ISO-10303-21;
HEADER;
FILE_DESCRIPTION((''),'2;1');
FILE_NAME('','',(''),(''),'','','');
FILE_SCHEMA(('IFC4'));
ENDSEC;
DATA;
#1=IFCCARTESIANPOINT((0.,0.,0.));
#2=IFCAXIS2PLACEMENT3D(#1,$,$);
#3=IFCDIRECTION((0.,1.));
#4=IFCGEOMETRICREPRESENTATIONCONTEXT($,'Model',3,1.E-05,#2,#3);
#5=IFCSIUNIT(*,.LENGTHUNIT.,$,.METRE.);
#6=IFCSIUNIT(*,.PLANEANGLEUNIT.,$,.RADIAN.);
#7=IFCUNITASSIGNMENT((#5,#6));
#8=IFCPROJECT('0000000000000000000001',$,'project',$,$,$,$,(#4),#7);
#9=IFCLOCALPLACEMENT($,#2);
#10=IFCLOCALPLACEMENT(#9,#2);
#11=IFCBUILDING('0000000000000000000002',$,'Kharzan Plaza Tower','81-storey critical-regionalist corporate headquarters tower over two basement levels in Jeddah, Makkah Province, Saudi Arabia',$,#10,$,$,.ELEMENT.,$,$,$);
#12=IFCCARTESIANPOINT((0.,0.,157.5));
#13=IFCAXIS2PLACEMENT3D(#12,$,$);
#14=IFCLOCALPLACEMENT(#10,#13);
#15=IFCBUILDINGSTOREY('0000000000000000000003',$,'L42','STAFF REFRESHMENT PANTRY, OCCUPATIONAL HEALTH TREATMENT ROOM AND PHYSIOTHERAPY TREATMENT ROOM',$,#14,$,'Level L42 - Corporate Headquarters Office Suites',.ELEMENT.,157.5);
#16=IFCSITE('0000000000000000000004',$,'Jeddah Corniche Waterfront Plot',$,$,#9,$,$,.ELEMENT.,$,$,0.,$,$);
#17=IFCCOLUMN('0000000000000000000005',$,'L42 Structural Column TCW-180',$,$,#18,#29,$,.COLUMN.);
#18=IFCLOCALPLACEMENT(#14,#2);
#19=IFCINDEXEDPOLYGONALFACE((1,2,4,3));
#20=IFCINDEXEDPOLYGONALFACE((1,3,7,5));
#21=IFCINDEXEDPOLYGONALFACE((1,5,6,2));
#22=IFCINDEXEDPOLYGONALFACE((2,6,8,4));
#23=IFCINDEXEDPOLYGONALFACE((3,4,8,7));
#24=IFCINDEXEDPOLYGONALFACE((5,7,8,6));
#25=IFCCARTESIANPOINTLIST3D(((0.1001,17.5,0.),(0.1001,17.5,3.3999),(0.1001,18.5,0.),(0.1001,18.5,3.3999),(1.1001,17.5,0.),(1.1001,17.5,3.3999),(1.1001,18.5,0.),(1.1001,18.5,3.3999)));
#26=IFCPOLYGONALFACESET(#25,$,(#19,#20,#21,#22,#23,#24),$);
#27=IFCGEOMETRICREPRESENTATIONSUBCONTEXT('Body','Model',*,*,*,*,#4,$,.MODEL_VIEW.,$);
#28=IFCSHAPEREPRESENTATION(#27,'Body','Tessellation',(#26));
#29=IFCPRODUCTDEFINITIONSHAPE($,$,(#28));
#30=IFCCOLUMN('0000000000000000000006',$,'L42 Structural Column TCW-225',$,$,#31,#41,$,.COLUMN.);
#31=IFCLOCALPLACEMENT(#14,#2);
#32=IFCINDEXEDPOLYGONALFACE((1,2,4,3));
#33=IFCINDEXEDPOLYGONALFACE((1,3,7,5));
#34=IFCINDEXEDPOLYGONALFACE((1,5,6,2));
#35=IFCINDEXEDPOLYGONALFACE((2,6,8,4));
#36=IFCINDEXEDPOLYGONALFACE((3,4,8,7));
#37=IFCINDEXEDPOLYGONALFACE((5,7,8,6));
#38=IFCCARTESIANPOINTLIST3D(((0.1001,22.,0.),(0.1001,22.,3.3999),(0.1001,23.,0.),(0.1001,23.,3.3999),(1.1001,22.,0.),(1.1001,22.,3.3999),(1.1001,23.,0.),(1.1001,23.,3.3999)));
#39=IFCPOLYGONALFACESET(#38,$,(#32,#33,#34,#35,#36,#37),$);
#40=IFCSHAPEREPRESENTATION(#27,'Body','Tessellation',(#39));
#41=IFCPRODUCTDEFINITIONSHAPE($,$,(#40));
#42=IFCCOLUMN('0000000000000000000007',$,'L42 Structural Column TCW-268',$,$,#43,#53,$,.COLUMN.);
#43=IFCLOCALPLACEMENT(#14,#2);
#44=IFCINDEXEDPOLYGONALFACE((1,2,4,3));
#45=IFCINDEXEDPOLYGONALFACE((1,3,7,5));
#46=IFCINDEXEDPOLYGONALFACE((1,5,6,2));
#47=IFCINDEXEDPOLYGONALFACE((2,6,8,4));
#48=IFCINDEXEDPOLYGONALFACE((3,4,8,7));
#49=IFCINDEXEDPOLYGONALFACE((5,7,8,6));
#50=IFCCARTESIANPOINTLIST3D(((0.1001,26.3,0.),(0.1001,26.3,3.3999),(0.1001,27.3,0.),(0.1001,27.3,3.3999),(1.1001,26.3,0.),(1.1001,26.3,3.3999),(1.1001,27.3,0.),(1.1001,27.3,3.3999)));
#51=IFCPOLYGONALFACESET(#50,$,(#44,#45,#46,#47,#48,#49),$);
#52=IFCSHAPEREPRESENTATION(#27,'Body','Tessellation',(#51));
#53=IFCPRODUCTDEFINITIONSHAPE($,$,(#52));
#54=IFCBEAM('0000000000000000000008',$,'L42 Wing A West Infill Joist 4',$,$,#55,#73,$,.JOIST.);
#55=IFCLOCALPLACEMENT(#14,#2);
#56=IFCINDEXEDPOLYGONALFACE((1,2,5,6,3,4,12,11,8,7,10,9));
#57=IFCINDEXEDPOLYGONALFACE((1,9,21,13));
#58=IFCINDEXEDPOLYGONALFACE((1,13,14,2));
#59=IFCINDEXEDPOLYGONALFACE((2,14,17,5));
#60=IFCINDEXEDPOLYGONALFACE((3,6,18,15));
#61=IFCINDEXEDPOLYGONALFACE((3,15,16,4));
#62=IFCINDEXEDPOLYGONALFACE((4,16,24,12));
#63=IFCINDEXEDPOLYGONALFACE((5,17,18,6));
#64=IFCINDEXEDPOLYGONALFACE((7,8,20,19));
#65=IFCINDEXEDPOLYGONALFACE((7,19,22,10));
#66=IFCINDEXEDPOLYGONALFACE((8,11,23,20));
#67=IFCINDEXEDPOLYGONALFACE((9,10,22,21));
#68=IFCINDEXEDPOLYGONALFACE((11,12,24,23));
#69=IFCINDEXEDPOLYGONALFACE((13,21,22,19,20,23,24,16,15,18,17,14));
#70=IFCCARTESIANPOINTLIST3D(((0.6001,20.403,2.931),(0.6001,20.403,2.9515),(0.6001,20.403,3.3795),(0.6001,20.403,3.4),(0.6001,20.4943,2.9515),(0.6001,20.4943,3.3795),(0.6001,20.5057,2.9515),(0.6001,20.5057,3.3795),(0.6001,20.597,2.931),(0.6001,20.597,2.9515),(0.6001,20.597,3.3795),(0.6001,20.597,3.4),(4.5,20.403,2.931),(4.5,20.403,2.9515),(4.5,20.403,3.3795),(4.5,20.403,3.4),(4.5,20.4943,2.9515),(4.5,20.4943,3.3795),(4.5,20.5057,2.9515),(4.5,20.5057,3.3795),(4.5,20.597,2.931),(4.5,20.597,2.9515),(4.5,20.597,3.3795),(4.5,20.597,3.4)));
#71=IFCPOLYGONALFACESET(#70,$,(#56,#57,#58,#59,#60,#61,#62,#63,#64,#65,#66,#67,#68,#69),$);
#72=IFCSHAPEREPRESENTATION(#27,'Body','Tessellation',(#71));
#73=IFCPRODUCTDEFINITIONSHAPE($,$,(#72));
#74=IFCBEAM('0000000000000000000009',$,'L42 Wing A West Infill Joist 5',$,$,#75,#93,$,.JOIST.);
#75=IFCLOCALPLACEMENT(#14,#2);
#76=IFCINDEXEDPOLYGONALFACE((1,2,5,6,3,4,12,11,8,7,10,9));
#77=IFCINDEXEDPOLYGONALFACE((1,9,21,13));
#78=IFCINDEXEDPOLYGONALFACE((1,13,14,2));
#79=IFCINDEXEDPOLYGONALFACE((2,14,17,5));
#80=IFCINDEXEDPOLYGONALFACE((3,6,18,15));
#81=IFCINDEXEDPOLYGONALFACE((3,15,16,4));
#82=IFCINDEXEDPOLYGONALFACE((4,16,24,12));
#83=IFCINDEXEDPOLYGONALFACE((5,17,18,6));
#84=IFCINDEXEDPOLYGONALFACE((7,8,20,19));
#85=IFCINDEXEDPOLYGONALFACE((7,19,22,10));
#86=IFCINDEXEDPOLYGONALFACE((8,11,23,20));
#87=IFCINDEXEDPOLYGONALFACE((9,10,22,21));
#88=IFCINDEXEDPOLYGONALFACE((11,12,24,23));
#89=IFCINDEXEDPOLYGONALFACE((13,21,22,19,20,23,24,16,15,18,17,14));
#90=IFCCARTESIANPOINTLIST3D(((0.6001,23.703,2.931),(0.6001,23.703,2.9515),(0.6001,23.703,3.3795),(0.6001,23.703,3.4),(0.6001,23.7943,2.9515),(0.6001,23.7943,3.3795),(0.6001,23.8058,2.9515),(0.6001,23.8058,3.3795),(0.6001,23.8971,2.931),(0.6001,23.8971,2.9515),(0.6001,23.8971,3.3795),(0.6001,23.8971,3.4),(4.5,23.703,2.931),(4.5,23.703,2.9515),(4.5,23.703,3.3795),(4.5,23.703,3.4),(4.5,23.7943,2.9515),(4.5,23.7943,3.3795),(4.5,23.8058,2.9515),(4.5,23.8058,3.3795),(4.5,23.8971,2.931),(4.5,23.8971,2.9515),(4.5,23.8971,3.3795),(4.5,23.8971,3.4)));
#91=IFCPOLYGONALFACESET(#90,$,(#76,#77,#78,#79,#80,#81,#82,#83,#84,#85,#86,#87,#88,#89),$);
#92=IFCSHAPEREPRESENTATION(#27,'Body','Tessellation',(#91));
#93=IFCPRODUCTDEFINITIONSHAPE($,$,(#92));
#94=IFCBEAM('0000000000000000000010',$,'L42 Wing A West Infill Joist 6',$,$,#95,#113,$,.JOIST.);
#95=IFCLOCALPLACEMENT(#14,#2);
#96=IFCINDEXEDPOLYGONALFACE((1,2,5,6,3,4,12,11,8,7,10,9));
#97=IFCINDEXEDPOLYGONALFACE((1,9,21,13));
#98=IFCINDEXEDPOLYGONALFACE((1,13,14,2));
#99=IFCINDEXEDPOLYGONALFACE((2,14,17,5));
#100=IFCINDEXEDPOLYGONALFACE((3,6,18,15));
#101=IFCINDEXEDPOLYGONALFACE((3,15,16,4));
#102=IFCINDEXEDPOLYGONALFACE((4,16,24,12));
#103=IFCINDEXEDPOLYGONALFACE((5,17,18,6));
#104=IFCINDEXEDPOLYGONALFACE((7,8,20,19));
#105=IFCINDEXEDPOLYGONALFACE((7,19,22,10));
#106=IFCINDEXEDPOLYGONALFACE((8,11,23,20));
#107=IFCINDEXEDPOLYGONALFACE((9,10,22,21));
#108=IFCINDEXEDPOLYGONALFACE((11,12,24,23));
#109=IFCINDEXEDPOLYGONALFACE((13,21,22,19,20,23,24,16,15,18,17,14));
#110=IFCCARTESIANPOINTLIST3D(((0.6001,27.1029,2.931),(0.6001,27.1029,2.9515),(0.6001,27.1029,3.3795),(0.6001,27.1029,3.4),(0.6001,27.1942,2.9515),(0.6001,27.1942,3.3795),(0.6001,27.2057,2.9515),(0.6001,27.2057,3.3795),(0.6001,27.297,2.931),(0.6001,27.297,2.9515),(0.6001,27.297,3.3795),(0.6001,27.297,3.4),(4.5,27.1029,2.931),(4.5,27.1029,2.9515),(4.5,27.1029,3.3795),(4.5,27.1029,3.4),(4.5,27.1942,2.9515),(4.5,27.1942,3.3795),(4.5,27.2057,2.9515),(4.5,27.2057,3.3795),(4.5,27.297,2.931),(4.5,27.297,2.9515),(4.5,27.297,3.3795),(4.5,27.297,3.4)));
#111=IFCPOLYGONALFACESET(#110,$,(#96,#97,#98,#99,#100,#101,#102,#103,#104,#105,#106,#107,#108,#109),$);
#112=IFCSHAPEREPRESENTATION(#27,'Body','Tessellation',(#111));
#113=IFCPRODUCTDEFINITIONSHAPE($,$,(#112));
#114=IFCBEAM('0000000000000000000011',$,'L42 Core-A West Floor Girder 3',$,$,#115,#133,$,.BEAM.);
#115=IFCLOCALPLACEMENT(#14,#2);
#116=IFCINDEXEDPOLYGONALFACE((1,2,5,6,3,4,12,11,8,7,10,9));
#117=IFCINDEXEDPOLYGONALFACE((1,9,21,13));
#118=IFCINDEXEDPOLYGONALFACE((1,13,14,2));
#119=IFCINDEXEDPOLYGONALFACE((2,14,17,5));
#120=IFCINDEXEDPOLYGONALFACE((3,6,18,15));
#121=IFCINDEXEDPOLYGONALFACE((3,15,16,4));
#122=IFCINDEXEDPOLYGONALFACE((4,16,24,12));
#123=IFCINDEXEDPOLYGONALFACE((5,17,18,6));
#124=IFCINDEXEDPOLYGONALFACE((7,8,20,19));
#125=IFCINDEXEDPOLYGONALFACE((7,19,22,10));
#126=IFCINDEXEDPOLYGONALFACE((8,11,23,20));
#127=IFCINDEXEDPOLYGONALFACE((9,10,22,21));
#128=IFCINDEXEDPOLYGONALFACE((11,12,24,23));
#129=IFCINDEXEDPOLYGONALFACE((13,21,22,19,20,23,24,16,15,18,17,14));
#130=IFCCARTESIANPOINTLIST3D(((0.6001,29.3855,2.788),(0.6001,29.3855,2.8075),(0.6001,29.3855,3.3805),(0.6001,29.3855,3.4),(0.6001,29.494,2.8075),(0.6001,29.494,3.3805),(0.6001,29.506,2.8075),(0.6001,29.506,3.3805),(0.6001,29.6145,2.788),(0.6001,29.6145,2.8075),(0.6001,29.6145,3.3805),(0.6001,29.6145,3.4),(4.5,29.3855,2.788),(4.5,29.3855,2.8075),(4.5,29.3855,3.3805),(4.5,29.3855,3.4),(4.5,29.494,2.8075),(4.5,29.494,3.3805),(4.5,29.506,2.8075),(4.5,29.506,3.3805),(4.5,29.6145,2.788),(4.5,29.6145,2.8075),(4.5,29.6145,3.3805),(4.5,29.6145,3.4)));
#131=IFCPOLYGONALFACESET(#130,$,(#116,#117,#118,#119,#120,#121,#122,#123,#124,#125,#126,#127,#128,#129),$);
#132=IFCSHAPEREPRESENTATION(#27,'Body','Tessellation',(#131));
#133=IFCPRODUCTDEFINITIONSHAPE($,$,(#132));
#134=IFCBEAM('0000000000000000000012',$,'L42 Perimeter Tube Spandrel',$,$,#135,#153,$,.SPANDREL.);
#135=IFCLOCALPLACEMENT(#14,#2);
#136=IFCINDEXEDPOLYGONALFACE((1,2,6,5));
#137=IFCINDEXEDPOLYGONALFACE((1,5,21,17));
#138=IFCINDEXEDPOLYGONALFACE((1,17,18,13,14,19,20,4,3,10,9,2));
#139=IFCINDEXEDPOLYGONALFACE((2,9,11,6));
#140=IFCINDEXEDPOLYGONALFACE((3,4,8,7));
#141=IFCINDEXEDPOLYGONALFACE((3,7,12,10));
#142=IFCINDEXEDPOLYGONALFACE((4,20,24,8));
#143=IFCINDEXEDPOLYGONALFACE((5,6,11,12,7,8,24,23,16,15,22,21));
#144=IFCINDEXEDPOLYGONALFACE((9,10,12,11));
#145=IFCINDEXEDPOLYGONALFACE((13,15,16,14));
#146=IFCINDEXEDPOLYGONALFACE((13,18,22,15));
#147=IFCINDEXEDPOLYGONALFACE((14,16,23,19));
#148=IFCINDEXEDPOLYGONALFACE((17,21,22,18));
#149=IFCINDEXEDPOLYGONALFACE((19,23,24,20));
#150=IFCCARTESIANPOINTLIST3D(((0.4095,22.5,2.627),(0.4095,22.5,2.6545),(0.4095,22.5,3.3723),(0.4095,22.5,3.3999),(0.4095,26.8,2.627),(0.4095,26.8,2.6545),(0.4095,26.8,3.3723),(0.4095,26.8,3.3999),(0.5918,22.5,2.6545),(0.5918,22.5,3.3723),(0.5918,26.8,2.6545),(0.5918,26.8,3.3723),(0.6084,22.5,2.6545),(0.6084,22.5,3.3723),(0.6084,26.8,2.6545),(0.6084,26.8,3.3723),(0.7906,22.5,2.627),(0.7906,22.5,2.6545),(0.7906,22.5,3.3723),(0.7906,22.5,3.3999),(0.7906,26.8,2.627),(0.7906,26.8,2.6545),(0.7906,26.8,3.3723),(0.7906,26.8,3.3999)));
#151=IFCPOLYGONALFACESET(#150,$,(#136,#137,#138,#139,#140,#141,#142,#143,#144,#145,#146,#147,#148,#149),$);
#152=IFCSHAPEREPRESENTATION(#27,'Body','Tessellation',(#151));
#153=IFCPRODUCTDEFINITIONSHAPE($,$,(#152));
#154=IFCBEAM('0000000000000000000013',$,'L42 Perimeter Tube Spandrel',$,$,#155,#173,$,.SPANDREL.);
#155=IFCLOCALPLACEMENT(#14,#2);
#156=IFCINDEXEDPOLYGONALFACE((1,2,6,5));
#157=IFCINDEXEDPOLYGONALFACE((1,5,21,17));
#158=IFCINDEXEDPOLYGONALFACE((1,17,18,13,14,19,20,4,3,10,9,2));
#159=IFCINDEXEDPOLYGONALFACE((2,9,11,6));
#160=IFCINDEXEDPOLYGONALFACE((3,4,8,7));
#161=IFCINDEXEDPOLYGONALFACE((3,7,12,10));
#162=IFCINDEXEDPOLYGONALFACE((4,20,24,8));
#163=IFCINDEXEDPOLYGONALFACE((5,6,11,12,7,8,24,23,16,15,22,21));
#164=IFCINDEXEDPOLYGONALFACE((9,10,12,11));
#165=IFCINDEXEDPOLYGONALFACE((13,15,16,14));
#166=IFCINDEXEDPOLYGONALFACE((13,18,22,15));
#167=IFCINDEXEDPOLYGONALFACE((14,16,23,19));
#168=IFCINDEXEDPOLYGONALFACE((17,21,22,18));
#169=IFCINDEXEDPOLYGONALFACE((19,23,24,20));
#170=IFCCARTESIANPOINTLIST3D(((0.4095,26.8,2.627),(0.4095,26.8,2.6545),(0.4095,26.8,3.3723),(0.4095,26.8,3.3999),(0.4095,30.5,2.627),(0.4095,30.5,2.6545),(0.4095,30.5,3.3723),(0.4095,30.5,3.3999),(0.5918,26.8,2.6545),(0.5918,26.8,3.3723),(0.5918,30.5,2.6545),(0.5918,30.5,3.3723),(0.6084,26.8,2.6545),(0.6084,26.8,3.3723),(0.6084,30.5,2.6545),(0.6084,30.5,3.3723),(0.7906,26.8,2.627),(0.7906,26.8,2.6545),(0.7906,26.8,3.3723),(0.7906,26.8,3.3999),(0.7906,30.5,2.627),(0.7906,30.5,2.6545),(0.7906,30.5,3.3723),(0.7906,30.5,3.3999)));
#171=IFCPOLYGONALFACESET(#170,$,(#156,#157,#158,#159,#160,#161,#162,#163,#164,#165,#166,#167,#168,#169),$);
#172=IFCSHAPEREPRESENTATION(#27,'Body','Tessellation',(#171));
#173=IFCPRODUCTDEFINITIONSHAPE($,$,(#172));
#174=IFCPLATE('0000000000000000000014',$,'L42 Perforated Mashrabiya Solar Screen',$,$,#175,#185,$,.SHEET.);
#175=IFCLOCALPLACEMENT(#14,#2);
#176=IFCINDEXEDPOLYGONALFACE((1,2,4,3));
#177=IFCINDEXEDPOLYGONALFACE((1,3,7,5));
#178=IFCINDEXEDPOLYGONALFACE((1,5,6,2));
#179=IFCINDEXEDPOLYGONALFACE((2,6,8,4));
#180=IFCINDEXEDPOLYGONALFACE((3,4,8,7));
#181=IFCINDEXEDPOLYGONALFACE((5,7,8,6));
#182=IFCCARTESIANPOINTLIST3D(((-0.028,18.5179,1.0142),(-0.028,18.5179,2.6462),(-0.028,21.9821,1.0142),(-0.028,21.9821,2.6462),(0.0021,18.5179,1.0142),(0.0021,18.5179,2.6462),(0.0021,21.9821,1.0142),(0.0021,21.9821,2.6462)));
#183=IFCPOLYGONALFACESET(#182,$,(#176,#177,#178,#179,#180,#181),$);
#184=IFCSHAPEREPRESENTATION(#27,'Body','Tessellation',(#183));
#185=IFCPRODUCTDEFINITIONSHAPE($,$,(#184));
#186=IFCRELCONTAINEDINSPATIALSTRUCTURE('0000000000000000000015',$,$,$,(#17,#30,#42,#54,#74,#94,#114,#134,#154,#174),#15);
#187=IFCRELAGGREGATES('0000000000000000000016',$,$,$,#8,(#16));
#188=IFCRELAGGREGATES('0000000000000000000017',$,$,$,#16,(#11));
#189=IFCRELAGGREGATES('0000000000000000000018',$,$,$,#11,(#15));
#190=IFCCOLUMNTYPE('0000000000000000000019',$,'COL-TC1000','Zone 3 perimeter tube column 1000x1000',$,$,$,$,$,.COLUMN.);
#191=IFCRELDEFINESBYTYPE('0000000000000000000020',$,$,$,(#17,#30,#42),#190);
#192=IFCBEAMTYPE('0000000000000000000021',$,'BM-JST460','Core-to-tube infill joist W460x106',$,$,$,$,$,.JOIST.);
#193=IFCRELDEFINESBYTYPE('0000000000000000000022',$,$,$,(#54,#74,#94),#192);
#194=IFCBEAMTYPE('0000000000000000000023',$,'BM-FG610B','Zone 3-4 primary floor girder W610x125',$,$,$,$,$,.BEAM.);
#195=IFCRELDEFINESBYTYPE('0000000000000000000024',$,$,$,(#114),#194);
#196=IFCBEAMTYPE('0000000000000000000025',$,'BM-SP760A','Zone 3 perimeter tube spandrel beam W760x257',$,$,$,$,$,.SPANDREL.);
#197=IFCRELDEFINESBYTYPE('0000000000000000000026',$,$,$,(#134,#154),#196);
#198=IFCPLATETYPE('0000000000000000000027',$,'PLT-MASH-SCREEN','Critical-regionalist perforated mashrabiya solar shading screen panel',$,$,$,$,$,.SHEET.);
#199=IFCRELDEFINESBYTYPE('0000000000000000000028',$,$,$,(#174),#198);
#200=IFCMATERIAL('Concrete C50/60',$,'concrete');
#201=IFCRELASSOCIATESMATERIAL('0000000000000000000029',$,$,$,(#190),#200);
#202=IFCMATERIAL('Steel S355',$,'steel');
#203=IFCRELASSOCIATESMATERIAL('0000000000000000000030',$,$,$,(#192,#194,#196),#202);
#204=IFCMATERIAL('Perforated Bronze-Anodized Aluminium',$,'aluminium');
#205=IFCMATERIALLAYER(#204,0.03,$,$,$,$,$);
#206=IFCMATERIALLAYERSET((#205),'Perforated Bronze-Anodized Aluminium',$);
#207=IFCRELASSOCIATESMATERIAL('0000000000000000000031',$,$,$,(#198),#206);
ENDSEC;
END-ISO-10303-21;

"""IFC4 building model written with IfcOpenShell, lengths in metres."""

from ifc_helpers import new_model, si_unit, direction, frame, origin, origin_2d, place, context, subcontext, project, spatial, rectangle, i_section, extrude, source, transform, mapped, material, layer, layer_set, material_profile, profile_set, type_object, element, save


model = new_model("IFC4")

# Units and contexts
model_context = context("Model", 3, precision=1e-05, world=origin(), true_north=direction((0.0, 1.0)))
body_context = subcontext(model_context, "Body", "Model", "MODEL_VIEW")
ifc_project = project(units=[si_unit("LENGTHUNIT", "METRE"), si_unit("PLANEANGLEUNIT", "RADIAN")], contexts=[model_context])

# Site, building, storey
site_placement = place(None, origin())
site = spatial("IfcSite", under=ifc_project, at=site_placement, Name="Jeddah Corniche Waterfront Plot", CompositionType="ELEMENT", RefElevation=0.0)
building_placement = place(site_placement, origin())
building = spatial("IfcBuilding", under=site, at=building_placement, Name="Kharzan Plaza Tower", Description="81-storey critical-regionalist corporate headquarters tower over two basement levels in Jeddah, Makkah Province, Saudi Arabia", CompositionType="ELEMENT")
storey_placement = place(building_placement, frame((0.0, 0.0, 157.5)))
storey = spatial("IfcBuildingStorey", under=building, at=storey_placement, Name="L42", Description="STAFF REFRESHMENT PANTRY, OCCUPATIONAL HEALTH TREATMENT ROOM AND PHYSIOTHERAPY TREATMENT ROOM", LongName="Level L42 - Corporate Headquarters Office Suites", CompositionType="ELEMENT", Elevation=157.5)

# Columns
ifc_material_1 = material(Name="Concrete C50/60", Category="concrete")
ifc_material_profile_1 = material_profile(ifc_material_1, rectangle(XDim=1.0, YDim=1.0, at=origin_2d()), Name="RC-TC1000x1000")
ifc_profile_set_1 = profile_set([ifc_material_profile_1], Name="Concrete C50/60")
column_type = type_object("IfcColumnType", Name="COL-TC1000", Description="Zone 3 perimeter tube column 1000x1000", PredefinedType="COLUMN", material=ifc_profile_set_1)
shared_shape_1 = source(origin(), body_context, "Body", "SweptSolid", [
    extrude(rectangle(XDim=1.0, YDim=1.0, at=origin_2d()), origin(), (0.0, 0.0, 1.0), 3.3999),
])
for number, where, z_axis, x_axis, name in (
    (1, (0.6001, 18.0, 0.0), (0.0, 0.0, 1.0), (1.0, 0.0, 0.0), "L42 Structural Column TCW-180"),
    (2, (0.6001, 22.5, 0.0), (0.0, 0.0, 1.0), (1.0, 0.0, 0.0), "L42 Structural Column TCW-225"),
    (3, (0.6001, 26.8, 0.0), (0.0, 0.0, 1.0), (1.0, 0.0, 0.0), "L42 Structural Column TCW-268"),
):
    element("IfcColumn", number, at=place(storey_placement, frame(where, z_axis=z_axis, x_axis=x_axis)), inside=storey, type_object=column_type, Name=name, PredefinedType="COLUMN", context=body_context, shape_type="MappedRepresentation", body=[
        mapped(shared_shape_1, transform((0.0, 0.0, 0.0), x_axis=(1.0, 0.0, 0.0), y_axis=(0.0, 1.0, 0.0), z_axis=(0.0, 0.0, 1.0))),
    ])

# Beams
ifc_material_2 = material(Name="Steel S355", Category="steel")
ifc_material_profile_2 = material_profile(ifc_material_2, i_section(OverallWidth=0.1941, OverallDepth=0.469, WebThickness=0.0115, FlangeThickness=0.0205, at=origin_2d()), Name="W460x106")
ifc_profile_set_2 = profile_set([ifc_material_profile_2], Name="Steel S355")
beam_type_1 = type_object("IfcBeamType", Name="BM-JST460", Description="Core-to-tube infill joist W460x106", PredefinedType="JOIST", material=ifc_profile_set_2)
shared_shape_2 = source(origin(), body_context, "Body", "SweptSolid", [
    extrude(i_section(OverallWidth=0.1941, OverallDepth=0.469, WebThickness=0.0115, FlangeThickness=0.0205, at=origin_2d()), origin(), (0.0, 0.0, 1.0), 3.8999),
])
for number, where, z_axis, x_axis, name in (
    (4, (0.6001, 20.5, 3.1655), (1.0, 0.0, 0.0), (0.0, 1.0, 0.0), "L42 Wing A West Infill Joist 4"),
    (5, (0.6001, 23.8, 3.1655), (1.0, 0.0, 0.0), (0.0, 1.0, 0.0), "L42 Wing A West Infill Joist 5"),
    (6, (0.6001, 27.2, 3.1655), (1.0, 0.0, 0.0), (0.0, 1.0, 0.0), "L42 Wing A West Infill Joist 6"),
):
    element("IfcBeam", number, at=place(storey_placement, frame(where, z_axis=z_axis, x_axis=x_axis)), inside=storey, type_object=beam_type_1, Name=name, PredefinedType="JOIST", context=body_context, shape_type="MappedRepresentation", body=[
        mapped(shared_shape_2, transform((0.0, 0.0, 0.0), x_axis=(1.0, 0.0, 0.0), y_axis=(0.0, 1.0, 0.0), z_axis=(0.0, 0.0, 1.0))),
    ])
ifc_material_profile_3 = material_profile(ifc_material_2, i_section(OverallWidth=0.229, OverallDepth=0.6121, WebThickness=0.012, FlangeThickness=0.0195, at=origin_2d()), Name="W610x125")
ifc_profile_set_3 = profile_set([ifc_material_profile_3], Name="Steel S355")
beam_type_2 = type_object("IfcBeamType", Name="BM-FG610B", Description="Zone 3-4 primary floor girder W610x125", PredefinedType="BEAM", material=ifc_profile_set_3)
shared_shape_3 = source(origin(), body_context, "Body", "SweptSolid", [
    extrude(i_section(OverallWidth=0.229, OverallDepth=0.6121, WebThickness=0.012, FlangeThickness=0.0195, at=origin_2d()), origin(), (0.0, 0.0, 1.0), 3.8999),
])
beam_1_placement = place(storey_placement, frame((0.6001, 29.5, 3.094), z_axis=(1.0, 0.0, 0.0), x_axis=(0.0, 1.0, 0.0)))
element("IfcBeam", 7, at=beam_1_placement, inside=storey, type_object=beam_type_2, Name="L42 Core-A West Floor Girder 3", PredefinedType="BEAM", context=body_context, shape_type="MappedRepresentation", body=[
    mapped(shared_shape_3, transform((0.0, 0.0, 0.0), x_axis=(1.0, 0.0, 0.0), y_axis=(0.0, 1.0, 0.0), z_axis=(0.0, 0.0, 1.0))),
])
ifc_material_profile_4 = material_profile(ifc_material_2, i_section(OverallWidth=0.3811, OverallDepth=0.7729, WebThickness=0.0166, FlangeThickness=0.0276, at=origin_2d()), Name="W760x257")
ifc_profile_set_4 = profile_set([ifc_material_profile_4], Name="Steel S355")
beam_type_3 = type_object("IfcBeamType", Name="BM-SP760A", Description="Zone 3 perimeter tube spandrel beam W760x257", PredefinedType="SPANDREL", material=ifc_profile_set_4)
shared_shape_4 = source(origin(), body_context, "Body", "SweptSolid", [
    extrude(i_section(OverallWidth=0.3811, OverallDepth=0.7729, WebThickness=0.0166, FlangeThickness=0.0276, at=origin_2d()), origin(), (0.0, 0.0, 1.0), 4.3),
])
beam_2_placement = place(storey_placement, frame((0.6001, 22.5, 3.0134), z_axis=(0.0, 1.0, 0.0), x_axis=(-1.0, 0.0, 0.0)))
element("IfcBeam", 8, at=beam_2_placement, inside=storey, type_object=beam_type_3, Name="L42 Perimeter Tube Spandrel", PredefinedType="SPANDREL", context=body_context, shape_type="MappedRepresentation", body=[
    mapped(shared_shape_4, transform((0.0, 0.0, 0.0), x_axis=(1.0, 0.0, 0.0), y_axis=(0.0, 1.0, 0.0), z_axis=(0.0, 0.0, 1.0))),
])
shared_shape_5 = source(origin(), body_context, "Body", "SweptSolid", [
    extrude(i_section(OverallWidth=0.3811, OverallDepth=0.7729, WebThickness=0.0166, FlangeThickness=0.0276, at=origin_2d()), origin(), (0.0, 0.0, 1.0), 3.7),
])
beam_3_placement = place(storey_placement, frame((0.6001, 26.8, 3.0134), z_axis=(0.0, 1.0, 0.0), x_axis=(-1.0, 0.0, 0.0)))
element("IfcBeam", 9, at=beam_3_placement, inside=storey, type_object=beam_type_3, Name="L42 Perimeter Tube Spandrel", PredefinedType="SPANDREL", context=body_context, shape_type="MappedRepresentation", body=[
    mapped(shared_shape_5, transform((0.0, 0.0, 0.0), x_axis=(1.0, 0.0, 0.0), y_axis=(0.0, 1.0, 0.0), z_axis=(0.0, 0.0, 1.0))),
])

# Plate
ifc_material_3 = material(Name="Perforated Bronze-Anodized Aluminium", Category="aluminium")
ifc_layer_1 = layer(ifc_material_3, 0.03)
ifc_layer_set_1 = layer_set([ifc_layer_1], Name="Perforated Bronze-Anodized Aluminium")
plate_type = type_object("IfcPlateType", Name="PLT-MASH-SCREEN", Description="Critical-regionalist perforated mashrabiya solar shading screen panel", PredefinedType="SHEET", material=ifc_layer_set_1)
shared_shape_6 = source(origin(), body_context, "Body", "SweptSolid", [
    extrude(rectangle(XDim=3.4641, YDim=0.03, at=origin_2d()), origin(), (0.0, 0.0, 1.0), 1.6321),
])
plate_1_placement = place(storey_placement, frame((-0.0129, 20.25, 1.0142), z_axis=(0.0, 0.0, 1.0), x_axis=(0.0, -1.0, 0.0)))
element("IfcPlate", 10, at=plate_1_placement, inside=storey, type_object=plate_type, Name="L42 Perforated Mashrabiya Solar Screen", PredefinedType="SHEET", context=body_context, shape_type="MappedRepresentation", body=[
    mapped(shared_shape_6, transform((0.0, 0.0, 0.0), x_axis=(1.0, 0.0, 0.0), y_axis=(0.0, 1.0, 0.0), z_axis=(0.0, 0.0, 1.0))),
])

save(model, "model.ifc")
